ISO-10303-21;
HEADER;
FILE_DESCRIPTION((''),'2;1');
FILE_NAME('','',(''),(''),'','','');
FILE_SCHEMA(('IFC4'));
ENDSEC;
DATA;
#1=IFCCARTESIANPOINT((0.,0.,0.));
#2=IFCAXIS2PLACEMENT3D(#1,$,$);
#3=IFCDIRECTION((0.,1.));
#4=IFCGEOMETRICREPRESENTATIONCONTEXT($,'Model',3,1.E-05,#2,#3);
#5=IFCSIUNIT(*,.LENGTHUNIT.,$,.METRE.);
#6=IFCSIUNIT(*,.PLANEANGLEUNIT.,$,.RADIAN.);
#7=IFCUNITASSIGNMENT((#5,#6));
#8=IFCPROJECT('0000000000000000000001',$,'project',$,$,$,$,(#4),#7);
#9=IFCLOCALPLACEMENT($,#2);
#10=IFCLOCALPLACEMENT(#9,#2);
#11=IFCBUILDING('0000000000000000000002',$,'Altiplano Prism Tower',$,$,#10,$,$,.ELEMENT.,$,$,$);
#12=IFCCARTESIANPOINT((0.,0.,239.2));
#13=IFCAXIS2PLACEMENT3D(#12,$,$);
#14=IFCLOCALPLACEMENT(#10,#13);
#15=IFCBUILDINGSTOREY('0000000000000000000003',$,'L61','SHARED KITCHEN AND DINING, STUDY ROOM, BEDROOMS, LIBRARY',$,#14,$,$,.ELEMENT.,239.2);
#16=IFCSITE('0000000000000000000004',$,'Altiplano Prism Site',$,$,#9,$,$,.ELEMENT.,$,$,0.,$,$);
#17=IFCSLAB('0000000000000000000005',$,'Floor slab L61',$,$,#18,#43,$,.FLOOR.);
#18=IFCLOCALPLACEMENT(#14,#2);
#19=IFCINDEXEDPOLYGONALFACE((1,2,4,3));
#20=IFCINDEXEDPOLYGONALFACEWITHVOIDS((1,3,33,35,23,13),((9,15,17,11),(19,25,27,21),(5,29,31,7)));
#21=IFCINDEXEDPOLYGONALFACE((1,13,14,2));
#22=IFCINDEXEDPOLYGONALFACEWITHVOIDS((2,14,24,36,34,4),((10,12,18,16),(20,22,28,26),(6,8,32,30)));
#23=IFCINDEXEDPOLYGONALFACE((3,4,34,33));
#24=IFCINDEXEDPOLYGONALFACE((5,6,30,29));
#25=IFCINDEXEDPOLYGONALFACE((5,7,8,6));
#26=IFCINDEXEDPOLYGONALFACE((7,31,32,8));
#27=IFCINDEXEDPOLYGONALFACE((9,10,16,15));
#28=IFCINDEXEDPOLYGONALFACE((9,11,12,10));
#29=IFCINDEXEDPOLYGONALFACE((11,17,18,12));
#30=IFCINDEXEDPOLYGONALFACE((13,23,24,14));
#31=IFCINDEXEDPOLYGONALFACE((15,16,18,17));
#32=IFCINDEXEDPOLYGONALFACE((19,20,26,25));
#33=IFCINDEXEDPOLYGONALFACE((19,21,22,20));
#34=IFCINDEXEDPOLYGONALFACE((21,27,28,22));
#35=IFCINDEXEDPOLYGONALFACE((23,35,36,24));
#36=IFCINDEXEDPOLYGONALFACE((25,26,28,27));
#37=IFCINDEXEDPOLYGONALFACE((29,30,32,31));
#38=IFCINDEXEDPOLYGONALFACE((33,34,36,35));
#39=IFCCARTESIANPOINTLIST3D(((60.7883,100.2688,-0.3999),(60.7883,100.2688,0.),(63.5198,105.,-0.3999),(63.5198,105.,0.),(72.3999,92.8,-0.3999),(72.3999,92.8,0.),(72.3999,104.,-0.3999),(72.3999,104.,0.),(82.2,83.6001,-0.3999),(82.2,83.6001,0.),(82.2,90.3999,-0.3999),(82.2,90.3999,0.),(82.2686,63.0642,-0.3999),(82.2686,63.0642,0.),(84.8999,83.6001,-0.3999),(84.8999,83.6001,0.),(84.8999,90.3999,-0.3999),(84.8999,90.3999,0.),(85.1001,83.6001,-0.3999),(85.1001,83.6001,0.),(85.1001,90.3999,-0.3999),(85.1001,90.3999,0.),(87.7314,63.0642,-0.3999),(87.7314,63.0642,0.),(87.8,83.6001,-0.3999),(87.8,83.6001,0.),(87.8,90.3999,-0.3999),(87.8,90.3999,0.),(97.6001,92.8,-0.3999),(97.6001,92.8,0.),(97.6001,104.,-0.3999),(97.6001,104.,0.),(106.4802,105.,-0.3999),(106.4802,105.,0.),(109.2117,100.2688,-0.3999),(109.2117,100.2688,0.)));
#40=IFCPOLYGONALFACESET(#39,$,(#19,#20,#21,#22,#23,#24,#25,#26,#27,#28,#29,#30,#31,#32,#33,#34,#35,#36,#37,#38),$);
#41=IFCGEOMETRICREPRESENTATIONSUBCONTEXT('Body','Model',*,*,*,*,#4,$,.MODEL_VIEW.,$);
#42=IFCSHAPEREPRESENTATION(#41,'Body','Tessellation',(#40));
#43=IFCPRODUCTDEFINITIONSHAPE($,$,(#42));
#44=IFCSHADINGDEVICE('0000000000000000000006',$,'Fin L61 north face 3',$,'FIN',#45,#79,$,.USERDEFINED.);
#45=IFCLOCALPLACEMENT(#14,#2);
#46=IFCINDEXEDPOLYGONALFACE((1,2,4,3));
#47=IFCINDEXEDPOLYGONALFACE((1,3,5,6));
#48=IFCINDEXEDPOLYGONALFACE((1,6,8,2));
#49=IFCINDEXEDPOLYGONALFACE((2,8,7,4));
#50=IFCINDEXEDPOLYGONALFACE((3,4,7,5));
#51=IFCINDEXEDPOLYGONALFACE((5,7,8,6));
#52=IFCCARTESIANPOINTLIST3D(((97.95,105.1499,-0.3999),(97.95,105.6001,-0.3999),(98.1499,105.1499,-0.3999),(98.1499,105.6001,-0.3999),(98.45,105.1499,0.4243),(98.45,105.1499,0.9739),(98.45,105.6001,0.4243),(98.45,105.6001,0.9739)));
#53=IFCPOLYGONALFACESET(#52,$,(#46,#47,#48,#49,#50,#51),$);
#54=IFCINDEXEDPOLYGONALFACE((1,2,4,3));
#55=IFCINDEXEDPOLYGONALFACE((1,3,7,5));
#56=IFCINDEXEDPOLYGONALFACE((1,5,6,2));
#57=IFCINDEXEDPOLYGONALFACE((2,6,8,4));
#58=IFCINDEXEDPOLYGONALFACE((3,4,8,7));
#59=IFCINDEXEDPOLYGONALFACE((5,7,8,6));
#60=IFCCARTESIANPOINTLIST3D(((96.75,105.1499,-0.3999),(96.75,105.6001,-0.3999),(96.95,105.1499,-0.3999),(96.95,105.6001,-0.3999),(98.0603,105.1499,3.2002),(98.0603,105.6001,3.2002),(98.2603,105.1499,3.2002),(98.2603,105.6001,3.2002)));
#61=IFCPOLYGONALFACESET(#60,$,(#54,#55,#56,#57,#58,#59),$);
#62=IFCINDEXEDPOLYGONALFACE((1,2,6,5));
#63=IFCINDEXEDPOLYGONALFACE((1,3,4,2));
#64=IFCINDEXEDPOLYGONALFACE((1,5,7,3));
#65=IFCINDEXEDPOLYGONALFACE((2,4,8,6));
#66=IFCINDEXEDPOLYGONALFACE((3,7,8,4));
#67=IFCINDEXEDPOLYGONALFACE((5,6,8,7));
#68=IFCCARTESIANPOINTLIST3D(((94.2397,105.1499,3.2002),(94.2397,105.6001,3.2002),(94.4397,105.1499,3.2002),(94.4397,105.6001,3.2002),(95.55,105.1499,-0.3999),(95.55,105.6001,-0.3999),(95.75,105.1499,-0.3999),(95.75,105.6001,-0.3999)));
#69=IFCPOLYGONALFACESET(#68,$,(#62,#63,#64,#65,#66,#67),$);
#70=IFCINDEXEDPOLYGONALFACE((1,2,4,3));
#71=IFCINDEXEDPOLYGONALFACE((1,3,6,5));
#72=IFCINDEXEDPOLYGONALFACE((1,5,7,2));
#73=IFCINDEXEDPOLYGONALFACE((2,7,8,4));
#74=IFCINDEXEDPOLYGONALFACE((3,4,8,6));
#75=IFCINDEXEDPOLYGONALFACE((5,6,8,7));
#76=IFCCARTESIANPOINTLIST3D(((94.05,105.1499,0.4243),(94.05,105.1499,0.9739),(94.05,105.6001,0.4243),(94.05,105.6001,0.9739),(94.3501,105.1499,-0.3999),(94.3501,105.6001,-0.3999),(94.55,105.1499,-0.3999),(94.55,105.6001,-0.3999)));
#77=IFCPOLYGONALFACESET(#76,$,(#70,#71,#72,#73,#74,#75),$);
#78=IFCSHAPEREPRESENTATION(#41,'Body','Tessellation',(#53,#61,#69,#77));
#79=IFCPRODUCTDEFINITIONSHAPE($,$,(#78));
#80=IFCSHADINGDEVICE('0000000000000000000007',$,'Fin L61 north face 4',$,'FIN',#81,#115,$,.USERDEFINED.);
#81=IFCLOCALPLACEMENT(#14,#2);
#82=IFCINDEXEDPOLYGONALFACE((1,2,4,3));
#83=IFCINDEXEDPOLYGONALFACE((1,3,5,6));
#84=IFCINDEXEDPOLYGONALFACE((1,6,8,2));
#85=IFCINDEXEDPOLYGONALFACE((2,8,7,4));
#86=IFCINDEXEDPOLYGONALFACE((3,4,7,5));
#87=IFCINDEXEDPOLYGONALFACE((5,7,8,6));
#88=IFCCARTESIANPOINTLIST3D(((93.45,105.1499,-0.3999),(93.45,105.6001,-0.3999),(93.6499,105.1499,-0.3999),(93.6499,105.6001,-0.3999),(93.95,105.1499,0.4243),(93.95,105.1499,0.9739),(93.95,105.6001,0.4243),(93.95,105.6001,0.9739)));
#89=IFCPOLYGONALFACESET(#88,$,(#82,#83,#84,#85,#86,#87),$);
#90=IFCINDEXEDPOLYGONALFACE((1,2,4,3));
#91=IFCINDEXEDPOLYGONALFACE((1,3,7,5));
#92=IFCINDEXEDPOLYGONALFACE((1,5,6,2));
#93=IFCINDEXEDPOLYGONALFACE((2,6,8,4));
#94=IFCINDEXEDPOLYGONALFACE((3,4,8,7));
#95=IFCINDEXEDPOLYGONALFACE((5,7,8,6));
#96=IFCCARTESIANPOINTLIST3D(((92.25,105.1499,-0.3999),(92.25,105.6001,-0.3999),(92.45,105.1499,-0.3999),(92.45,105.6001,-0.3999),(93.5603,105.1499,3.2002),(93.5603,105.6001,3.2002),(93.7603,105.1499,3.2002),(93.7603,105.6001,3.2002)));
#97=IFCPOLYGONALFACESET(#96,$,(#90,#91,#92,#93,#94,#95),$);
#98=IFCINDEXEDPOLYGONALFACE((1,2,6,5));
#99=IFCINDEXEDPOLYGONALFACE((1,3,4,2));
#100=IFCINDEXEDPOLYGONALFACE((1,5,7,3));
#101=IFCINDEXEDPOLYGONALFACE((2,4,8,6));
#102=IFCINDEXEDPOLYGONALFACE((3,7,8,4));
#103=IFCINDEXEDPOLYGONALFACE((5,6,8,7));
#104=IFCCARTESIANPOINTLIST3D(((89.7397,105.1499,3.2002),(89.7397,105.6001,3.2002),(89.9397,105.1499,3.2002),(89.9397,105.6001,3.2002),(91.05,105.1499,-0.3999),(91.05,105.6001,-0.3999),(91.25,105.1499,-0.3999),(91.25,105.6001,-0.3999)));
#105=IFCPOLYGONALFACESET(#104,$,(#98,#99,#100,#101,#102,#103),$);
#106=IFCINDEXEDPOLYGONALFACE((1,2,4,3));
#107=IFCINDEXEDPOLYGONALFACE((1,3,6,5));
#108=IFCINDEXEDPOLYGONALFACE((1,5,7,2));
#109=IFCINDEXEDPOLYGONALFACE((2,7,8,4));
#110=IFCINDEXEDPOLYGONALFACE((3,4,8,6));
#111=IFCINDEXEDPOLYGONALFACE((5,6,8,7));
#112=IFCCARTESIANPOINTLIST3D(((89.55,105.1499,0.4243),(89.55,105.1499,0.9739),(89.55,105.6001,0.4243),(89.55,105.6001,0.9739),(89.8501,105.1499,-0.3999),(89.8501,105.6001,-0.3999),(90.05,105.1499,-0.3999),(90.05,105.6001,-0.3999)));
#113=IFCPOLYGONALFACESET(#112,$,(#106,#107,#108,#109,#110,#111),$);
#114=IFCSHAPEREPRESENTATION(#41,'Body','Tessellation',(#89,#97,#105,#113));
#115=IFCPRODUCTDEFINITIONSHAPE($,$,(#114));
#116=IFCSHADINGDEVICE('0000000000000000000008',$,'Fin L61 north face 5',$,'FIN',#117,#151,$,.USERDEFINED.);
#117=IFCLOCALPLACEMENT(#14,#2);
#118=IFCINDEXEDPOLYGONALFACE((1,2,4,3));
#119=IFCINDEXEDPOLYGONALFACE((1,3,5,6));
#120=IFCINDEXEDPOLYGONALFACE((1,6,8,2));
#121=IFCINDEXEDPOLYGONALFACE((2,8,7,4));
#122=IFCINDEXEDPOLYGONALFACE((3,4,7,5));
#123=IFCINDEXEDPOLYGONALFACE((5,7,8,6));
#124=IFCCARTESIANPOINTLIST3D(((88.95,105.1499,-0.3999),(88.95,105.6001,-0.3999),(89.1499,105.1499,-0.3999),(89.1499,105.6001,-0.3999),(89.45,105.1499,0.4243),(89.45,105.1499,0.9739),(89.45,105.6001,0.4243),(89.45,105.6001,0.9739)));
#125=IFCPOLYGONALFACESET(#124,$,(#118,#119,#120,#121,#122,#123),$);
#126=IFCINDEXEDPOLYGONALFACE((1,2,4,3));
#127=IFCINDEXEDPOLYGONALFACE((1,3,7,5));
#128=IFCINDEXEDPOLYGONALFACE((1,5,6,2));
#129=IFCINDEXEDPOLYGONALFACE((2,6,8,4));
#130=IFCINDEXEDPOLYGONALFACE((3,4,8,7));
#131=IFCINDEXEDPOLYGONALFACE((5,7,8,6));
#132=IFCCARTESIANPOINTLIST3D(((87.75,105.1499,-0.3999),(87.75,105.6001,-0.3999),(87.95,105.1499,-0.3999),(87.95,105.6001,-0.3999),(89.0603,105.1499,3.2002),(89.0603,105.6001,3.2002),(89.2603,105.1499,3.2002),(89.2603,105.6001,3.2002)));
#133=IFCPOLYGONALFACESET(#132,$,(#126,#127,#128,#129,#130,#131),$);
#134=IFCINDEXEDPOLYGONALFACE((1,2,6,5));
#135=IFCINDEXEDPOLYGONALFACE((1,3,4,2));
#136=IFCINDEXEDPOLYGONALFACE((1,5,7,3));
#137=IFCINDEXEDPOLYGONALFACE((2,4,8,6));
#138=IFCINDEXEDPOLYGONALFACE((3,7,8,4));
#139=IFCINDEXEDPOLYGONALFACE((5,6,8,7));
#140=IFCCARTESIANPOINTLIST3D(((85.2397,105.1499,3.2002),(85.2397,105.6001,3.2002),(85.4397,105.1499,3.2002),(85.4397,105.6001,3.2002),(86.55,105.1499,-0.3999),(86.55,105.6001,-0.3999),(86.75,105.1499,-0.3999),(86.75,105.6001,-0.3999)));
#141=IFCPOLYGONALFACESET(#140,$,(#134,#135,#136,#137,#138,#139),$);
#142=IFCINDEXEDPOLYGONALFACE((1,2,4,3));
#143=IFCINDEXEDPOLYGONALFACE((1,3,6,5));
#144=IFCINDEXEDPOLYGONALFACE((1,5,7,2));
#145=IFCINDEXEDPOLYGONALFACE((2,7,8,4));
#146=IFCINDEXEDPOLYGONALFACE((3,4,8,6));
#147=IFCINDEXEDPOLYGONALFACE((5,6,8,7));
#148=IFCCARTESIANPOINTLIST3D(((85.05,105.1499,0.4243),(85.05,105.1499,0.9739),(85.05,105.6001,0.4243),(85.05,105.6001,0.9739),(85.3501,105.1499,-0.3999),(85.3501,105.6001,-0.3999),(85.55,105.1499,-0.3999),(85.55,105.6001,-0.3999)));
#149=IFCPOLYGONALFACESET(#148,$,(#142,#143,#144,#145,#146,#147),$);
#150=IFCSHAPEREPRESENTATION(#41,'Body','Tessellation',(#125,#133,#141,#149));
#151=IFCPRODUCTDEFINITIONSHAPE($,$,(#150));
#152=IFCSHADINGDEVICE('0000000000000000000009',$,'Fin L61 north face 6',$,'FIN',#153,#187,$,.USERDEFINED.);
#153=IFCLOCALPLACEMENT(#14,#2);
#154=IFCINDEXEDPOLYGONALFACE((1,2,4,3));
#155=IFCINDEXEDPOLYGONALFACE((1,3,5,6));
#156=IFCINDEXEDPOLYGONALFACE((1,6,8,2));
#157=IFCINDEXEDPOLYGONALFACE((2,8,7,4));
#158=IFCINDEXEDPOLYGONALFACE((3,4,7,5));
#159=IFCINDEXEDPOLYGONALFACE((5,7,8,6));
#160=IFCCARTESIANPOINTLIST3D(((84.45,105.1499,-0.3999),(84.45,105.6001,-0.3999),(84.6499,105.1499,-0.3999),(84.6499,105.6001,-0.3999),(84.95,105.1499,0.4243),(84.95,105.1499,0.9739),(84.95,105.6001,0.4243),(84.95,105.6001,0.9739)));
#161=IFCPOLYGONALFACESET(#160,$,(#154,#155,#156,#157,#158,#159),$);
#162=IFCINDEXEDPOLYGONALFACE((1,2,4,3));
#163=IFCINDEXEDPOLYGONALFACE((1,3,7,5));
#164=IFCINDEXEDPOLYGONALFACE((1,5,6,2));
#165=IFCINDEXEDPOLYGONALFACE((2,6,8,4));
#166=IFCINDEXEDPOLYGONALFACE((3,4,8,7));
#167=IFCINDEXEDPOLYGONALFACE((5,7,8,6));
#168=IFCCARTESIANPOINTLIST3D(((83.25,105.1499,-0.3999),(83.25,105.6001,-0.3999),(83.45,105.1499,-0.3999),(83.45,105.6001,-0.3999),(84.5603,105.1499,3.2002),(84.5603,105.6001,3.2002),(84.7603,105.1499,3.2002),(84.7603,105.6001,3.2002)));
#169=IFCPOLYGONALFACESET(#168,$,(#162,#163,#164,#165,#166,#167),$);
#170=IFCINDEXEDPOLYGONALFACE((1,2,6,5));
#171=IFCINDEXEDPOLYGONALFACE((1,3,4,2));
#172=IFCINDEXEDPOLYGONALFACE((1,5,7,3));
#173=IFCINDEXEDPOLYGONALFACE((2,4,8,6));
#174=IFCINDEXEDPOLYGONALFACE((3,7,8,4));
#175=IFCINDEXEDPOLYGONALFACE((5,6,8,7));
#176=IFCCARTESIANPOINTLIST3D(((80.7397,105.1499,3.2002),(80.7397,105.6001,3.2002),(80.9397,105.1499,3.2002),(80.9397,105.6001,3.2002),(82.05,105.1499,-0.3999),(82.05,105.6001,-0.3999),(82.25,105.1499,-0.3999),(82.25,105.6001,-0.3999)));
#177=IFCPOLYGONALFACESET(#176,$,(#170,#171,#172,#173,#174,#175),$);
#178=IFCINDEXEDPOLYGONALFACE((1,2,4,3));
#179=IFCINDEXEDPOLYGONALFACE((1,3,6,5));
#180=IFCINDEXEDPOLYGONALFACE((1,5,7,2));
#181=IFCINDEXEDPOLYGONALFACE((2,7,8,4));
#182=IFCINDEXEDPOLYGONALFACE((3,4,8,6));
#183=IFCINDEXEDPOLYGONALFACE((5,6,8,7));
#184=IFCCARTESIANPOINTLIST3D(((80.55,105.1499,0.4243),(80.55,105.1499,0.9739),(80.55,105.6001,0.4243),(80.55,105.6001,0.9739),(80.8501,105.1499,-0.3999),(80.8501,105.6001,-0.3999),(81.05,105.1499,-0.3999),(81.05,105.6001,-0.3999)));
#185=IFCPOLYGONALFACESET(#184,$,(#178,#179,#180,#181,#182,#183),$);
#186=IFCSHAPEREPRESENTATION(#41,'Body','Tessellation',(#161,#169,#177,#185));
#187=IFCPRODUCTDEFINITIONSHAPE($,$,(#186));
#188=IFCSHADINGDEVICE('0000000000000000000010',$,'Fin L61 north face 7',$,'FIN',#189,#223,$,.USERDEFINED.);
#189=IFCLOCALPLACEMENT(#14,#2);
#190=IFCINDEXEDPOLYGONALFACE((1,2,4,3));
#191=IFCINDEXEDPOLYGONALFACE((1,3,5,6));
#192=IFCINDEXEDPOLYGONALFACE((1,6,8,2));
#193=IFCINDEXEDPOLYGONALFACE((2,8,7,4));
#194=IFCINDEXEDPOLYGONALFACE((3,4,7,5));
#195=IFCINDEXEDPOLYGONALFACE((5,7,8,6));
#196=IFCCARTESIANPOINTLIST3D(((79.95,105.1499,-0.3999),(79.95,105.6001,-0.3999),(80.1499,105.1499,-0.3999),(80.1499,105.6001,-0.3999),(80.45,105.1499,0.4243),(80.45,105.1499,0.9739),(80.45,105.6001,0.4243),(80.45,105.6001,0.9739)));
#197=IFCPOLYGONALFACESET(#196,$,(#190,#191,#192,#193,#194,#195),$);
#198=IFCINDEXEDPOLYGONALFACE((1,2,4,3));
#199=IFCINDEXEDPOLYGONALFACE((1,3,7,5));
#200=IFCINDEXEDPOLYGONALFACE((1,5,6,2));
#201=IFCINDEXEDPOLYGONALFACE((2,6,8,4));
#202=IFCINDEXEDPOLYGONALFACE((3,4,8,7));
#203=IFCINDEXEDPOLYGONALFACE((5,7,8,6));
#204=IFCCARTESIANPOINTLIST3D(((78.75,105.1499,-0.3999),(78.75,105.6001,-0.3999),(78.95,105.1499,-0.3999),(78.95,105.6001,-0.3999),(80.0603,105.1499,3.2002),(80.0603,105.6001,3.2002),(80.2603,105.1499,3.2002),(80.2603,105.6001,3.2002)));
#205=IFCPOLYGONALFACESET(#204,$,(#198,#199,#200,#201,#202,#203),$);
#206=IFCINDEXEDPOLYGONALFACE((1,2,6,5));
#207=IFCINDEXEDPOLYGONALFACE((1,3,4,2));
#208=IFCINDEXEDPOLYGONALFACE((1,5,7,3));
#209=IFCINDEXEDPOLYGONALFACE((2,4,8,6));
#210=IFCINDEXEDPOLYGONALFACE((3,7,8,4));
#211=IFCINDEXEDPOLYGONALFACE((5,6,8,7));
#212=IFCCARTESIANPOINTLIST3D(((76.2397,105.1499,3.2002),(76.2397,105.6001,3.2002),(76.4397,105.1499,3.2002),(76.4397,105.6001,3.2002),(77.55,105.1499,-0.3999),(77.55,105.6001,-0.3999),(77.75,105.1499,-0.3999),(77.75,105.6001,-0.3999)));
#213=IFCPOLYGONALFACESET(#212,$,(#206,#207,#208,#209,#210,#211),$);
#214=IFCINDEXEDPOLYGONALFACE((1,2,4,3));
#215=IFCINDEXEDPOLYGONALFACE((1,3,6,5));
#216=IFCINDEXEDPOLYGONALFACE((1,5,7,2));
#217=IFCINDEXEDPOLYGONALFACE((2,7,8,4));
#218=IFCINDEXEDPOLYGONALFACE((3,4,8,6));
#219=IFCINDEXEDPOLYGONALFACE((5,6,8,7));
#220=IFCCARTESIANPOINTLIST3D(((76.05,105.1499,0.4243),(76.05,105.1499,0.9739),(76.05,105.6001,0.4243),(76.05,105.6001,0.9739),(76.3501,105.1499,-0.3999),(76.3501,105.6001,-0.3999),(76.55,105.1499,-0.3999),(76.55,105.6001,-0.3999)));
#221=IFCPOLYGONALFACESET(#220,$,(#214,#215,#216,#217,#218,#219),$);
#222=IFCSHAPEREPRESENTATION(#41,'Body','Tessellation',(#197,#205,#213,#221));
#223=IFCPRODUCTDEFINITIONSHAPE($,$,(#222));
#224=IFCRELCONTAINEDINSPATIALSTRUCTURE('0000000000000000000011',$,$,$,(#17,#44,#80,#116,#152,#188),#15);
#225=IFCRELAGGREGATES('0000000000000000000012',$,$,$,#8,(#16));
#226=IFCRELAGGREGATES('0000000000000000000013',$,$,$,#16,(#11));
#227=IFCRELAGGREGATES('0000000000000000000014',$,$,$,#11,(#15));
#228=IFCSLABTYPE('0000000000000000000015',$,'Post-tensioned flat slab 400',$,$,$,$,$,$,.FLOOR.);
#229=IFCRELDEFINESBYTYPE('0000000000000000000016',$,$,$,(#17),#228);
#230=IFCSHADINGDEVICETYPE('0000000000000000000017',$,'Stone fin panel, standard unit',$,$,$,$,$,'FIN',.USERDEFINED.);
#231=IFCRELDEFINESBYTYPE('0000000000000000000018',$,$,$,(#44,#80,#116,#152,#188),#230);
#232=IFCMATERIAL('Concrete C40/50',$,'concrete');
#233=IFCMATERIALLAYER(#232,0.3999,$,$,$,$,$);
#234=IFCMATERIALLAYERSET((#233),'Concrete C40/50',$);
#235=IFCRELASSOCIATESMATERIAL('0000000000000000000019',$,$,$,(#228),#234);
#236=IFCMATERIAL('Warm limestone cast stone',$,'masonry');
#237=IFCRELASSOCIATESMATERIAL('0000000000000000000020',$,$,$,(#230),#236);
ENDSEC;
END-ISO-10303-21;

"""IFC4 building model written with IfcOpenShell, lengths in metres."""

from ifc_helpers import new_model, si_unit, direction, frame, origin, place, context, subcontext, project, spatial, polyline, outline, extrude, source, transform, mapped, material, layer, layer_set, type_object, element, save


model = new_model("IFC4")

# Units and contexts
model_context = context("Model", 3, precision=1e-05, world=origin(), true_north=direction((0.0, 1.0)))
body_context = subcontext(model_context, "Body", "Model", "MODEL_VIEW")
ifc_project = project(units=[si_unit("LENGTHUNIT", "METRE"), si_unit("PLANEANGLEUNIT", "RADIAN")], contexts=[model_context])

# Site, building, storey
site_placement = place(None, origin())
site = spatial("IfcSite", under=ifc_project, at=site_placement, Name="Altiplano Prism Site", CompositionType="ELEMENT", RefElevation=0.0)
building_placement = place(site_placement, origin())
building = spatial("IfcBuilding", under=site, at=building_placement, Name="Altiplano Prism Tower", CompositionType="ELEMENT")
storey_placement = place(building_placement, frame((0.0, 0.0, 239.2)))
storey = spatial("IfcBuildingStorey", under=building, at=storey_placement, Name="L61", Description="SHARED KITCHEN AND DINING, STUDY ROOM, BEDROOMS, LIBRARY", CompositionType="ELEMENT", Elevation=239.2)

# Slab
ifc_material_1 = material(Name="Concrete C40/50", Category="concrete")
ifc_layer = layer(ifc_material_1, 0.3999)
ifc_layer_set = layer_set([ifc_layer], Name="Concrete C40/50")
slab_type = type_object("IfcSlabType", Name="Post-tensioned flat slab 400", PredefinedType="FLOOR", material=ifc_layer_set)
slab_placement = place(storey_placement, frame((0.0, 0.0, -0.3999)))
element("IfcSlab", 1, at=slab_placement, inside=storey, type_object=slab_type, Name="Floor slab L61", PredefinedType="FLOOR", context=body_context, shape_type="SweptSolid", body=[
    extrude(outline(polyline([(82.2686, 63.0642), (60.7883, 100.2688), (63.5198, 105.0), (106.4802, 105.0), (109.2117, 100.2688), (87.7314, 63.0642), (82.2686, 63.0642)]), holes=[polyline([(72.3999, 104.0), (72.3999, 92.8), (97.6001, 92.8), (97.6001, 104.0), (72.3999, 104.0)]), polyline([(84.8999, 90.3999), (82.2, 90.3999), (82.2, 83.6001), (84.8999, 83.6001), (84.8999, 90.3999)]), polyline([(87.8, 83.6001), (87.8, 90.3999), (85.1001, 90.3999), (85.1001, 83.6001), (87.8, 83.6001)])]), origin(), (0.0, 0.0, 1.0), 0.3999),
])

# Shading devices
ifc_material_2 = material(Name="Warm limestone cast stone", Category="masonry")
shading_device_type_1 = type_object("IfcShadingDeviceType", Name="Stone fin panel, standard unit", ElementType="FIN", PredefinedType="USERDEFINED", material=ifc_material_2)
shared_shape_1 = source(origin(), body_context, "Body", "SweptSolid", [
    extrude(outline(polyline([(-2.2, 1.3738), (-2.2, 0.8242), (-1.8999, 0.0), (-1.7, 0.0), (-2.2, 1.3738)])), frame((0.0, -0.1499, 0.0), z_axis=(0.0, -1.0, 0.0), x_axis=(1.0, 0.0, 0.0)), (0.0, 0.0, 1.0), 0.4502),
    extrude(outline(polyline([(-2.0103, 3.6001), (-0.7, 0.0), (-0.5, 0.0), (-1.8103, 3.6001), (-2.0103, 3.6001)])), frame((0.0, -0.1499, 0.0), z_axis=(0.0, -1.0, 0.0), x_axis=(1.0, 0.0, 0.0)), (0.0, 0.0, 1.0), 0.4502),
    extrude(outline(polyline([(1.8103, 3.6001), (0.5, 0.0), (0.7, 0.0), (2.0103, 3.6001), (1.8103, 3.6001)])), frame((0.0, -0.1499, 0.0), z_axis=(0.0, -1.0, 0.0), x_axis=(1.0, 0.0, 0.0)), (0.0, 0.0, 1.0), 0.4502),
    extrude(outline(polyline([(2.2, 0.8242), (2.2, 1.3738), (1.7, 0.0), (1.8999, 0.0), (2.2, 0.8242)])), frame((0.0, -0.1499, 0.0), z_axis=(0.0, -1.0, 0.0), x_axis=(1.0, 0.0, 0.0)), (0.0, 0.0, 1.0), 0.4502),
])
shading_device_1_placement = place(storey_placement, origin())
element("IfcShadingDevice", 2, at=shading_device_1_placement, inside=storey, type_object=shading_device_type_1, Name="Fin L61 north face 3", ObjectType="FIN", PredefinedType="USERDEFINED", context=body_context, shape_type="MappedRepresentation", body=[
    mapped(shared_shape_1, transform((96.25, 105.0, -0.3999), x_axis=(-1.0, 0.0, 0.0), y_axis=(0.0, -1.0, 0.0), z_axis=(0.0, 0.0, 1.0))),
])
shading_device_2_placement = place(storey_placement, origin())
element("IfcShadingDevice", 3, at=shading_device_2_placement, inside=storey, type_object=shading_device_type_1, Name="Fin L61 north face 4", ObjectType="FIN", PredefinedType="USERDEFINED", context=body_context, shape_type="MappedRepresentation", body=[
    mapped(shared_shape_1, transform((91.75, 105.0, -0.3999), x_axis=(-1.0, 0.0, 0.0), y_axis=(0.0, -1.0, 0.0), z_axis=(0.0, 0.0, 1.0))),
])
shading_device_3_placement = place(storey_placement, origin())
element("IfcShadingDevice", 4, at=shading_device_3_placement, inside=storey, type_object=shading_device_type_1, Name="Fin L61 north face 5", ObjectType="FIN", PredefinedType="USERDEFINED", context=body_context, shape_type="MappedRepresentation", body=[
    mapped(shared_shape_1, transform((87.25, 105.0, -0.3999), x_axis=(-1.0, 0.0, 0.0), y_axis=(0.0, -1.0, 0.0), z_axis=(0.0, 0.0, 1.0))),
])
shading_device_4_placement = place(storey_placement, origin())
element("IfcShadingDevice", 5, at=shading_device_4_placement, inside=storey, type_object=shading_device_type_1, Name="Fin L61 north face 6", ObjectType="FIN", PredefinedType="USERDEFINED", context=body_context, shape_type="MappedRepresentation", body=[
    mapped(shared_shape_1, transform((82.75, 105.0, -0.3999), x_axis=(-1.0, 0.0, 0.0), y_axis=(0.0, -1.0, 0.0), z_axis=(0.0, 0.0, 1.0))),
])
shading_device_5_placement = place(storey_placement, origin())
element("IfcShadingDevice", 6, at=shading_device_5_placement, inside=storey, type_object=shading_device_type_1, Name="Fin L61 north face 7", ObjectType="FIN", PredefinedType="USERDEFINED", context=body_context, shape_type="MappedRepresentation", body=[
    mapped(shared_shape_1, transform((78.25, 105.0, -0.3999), x_axis=(-1.0, 0.0, 0.0), y_axis=(0.0, -1.0, 0.0), z_axis=(0.0, 0.0, 1.0))),
])

save(model, "model.ifc")
